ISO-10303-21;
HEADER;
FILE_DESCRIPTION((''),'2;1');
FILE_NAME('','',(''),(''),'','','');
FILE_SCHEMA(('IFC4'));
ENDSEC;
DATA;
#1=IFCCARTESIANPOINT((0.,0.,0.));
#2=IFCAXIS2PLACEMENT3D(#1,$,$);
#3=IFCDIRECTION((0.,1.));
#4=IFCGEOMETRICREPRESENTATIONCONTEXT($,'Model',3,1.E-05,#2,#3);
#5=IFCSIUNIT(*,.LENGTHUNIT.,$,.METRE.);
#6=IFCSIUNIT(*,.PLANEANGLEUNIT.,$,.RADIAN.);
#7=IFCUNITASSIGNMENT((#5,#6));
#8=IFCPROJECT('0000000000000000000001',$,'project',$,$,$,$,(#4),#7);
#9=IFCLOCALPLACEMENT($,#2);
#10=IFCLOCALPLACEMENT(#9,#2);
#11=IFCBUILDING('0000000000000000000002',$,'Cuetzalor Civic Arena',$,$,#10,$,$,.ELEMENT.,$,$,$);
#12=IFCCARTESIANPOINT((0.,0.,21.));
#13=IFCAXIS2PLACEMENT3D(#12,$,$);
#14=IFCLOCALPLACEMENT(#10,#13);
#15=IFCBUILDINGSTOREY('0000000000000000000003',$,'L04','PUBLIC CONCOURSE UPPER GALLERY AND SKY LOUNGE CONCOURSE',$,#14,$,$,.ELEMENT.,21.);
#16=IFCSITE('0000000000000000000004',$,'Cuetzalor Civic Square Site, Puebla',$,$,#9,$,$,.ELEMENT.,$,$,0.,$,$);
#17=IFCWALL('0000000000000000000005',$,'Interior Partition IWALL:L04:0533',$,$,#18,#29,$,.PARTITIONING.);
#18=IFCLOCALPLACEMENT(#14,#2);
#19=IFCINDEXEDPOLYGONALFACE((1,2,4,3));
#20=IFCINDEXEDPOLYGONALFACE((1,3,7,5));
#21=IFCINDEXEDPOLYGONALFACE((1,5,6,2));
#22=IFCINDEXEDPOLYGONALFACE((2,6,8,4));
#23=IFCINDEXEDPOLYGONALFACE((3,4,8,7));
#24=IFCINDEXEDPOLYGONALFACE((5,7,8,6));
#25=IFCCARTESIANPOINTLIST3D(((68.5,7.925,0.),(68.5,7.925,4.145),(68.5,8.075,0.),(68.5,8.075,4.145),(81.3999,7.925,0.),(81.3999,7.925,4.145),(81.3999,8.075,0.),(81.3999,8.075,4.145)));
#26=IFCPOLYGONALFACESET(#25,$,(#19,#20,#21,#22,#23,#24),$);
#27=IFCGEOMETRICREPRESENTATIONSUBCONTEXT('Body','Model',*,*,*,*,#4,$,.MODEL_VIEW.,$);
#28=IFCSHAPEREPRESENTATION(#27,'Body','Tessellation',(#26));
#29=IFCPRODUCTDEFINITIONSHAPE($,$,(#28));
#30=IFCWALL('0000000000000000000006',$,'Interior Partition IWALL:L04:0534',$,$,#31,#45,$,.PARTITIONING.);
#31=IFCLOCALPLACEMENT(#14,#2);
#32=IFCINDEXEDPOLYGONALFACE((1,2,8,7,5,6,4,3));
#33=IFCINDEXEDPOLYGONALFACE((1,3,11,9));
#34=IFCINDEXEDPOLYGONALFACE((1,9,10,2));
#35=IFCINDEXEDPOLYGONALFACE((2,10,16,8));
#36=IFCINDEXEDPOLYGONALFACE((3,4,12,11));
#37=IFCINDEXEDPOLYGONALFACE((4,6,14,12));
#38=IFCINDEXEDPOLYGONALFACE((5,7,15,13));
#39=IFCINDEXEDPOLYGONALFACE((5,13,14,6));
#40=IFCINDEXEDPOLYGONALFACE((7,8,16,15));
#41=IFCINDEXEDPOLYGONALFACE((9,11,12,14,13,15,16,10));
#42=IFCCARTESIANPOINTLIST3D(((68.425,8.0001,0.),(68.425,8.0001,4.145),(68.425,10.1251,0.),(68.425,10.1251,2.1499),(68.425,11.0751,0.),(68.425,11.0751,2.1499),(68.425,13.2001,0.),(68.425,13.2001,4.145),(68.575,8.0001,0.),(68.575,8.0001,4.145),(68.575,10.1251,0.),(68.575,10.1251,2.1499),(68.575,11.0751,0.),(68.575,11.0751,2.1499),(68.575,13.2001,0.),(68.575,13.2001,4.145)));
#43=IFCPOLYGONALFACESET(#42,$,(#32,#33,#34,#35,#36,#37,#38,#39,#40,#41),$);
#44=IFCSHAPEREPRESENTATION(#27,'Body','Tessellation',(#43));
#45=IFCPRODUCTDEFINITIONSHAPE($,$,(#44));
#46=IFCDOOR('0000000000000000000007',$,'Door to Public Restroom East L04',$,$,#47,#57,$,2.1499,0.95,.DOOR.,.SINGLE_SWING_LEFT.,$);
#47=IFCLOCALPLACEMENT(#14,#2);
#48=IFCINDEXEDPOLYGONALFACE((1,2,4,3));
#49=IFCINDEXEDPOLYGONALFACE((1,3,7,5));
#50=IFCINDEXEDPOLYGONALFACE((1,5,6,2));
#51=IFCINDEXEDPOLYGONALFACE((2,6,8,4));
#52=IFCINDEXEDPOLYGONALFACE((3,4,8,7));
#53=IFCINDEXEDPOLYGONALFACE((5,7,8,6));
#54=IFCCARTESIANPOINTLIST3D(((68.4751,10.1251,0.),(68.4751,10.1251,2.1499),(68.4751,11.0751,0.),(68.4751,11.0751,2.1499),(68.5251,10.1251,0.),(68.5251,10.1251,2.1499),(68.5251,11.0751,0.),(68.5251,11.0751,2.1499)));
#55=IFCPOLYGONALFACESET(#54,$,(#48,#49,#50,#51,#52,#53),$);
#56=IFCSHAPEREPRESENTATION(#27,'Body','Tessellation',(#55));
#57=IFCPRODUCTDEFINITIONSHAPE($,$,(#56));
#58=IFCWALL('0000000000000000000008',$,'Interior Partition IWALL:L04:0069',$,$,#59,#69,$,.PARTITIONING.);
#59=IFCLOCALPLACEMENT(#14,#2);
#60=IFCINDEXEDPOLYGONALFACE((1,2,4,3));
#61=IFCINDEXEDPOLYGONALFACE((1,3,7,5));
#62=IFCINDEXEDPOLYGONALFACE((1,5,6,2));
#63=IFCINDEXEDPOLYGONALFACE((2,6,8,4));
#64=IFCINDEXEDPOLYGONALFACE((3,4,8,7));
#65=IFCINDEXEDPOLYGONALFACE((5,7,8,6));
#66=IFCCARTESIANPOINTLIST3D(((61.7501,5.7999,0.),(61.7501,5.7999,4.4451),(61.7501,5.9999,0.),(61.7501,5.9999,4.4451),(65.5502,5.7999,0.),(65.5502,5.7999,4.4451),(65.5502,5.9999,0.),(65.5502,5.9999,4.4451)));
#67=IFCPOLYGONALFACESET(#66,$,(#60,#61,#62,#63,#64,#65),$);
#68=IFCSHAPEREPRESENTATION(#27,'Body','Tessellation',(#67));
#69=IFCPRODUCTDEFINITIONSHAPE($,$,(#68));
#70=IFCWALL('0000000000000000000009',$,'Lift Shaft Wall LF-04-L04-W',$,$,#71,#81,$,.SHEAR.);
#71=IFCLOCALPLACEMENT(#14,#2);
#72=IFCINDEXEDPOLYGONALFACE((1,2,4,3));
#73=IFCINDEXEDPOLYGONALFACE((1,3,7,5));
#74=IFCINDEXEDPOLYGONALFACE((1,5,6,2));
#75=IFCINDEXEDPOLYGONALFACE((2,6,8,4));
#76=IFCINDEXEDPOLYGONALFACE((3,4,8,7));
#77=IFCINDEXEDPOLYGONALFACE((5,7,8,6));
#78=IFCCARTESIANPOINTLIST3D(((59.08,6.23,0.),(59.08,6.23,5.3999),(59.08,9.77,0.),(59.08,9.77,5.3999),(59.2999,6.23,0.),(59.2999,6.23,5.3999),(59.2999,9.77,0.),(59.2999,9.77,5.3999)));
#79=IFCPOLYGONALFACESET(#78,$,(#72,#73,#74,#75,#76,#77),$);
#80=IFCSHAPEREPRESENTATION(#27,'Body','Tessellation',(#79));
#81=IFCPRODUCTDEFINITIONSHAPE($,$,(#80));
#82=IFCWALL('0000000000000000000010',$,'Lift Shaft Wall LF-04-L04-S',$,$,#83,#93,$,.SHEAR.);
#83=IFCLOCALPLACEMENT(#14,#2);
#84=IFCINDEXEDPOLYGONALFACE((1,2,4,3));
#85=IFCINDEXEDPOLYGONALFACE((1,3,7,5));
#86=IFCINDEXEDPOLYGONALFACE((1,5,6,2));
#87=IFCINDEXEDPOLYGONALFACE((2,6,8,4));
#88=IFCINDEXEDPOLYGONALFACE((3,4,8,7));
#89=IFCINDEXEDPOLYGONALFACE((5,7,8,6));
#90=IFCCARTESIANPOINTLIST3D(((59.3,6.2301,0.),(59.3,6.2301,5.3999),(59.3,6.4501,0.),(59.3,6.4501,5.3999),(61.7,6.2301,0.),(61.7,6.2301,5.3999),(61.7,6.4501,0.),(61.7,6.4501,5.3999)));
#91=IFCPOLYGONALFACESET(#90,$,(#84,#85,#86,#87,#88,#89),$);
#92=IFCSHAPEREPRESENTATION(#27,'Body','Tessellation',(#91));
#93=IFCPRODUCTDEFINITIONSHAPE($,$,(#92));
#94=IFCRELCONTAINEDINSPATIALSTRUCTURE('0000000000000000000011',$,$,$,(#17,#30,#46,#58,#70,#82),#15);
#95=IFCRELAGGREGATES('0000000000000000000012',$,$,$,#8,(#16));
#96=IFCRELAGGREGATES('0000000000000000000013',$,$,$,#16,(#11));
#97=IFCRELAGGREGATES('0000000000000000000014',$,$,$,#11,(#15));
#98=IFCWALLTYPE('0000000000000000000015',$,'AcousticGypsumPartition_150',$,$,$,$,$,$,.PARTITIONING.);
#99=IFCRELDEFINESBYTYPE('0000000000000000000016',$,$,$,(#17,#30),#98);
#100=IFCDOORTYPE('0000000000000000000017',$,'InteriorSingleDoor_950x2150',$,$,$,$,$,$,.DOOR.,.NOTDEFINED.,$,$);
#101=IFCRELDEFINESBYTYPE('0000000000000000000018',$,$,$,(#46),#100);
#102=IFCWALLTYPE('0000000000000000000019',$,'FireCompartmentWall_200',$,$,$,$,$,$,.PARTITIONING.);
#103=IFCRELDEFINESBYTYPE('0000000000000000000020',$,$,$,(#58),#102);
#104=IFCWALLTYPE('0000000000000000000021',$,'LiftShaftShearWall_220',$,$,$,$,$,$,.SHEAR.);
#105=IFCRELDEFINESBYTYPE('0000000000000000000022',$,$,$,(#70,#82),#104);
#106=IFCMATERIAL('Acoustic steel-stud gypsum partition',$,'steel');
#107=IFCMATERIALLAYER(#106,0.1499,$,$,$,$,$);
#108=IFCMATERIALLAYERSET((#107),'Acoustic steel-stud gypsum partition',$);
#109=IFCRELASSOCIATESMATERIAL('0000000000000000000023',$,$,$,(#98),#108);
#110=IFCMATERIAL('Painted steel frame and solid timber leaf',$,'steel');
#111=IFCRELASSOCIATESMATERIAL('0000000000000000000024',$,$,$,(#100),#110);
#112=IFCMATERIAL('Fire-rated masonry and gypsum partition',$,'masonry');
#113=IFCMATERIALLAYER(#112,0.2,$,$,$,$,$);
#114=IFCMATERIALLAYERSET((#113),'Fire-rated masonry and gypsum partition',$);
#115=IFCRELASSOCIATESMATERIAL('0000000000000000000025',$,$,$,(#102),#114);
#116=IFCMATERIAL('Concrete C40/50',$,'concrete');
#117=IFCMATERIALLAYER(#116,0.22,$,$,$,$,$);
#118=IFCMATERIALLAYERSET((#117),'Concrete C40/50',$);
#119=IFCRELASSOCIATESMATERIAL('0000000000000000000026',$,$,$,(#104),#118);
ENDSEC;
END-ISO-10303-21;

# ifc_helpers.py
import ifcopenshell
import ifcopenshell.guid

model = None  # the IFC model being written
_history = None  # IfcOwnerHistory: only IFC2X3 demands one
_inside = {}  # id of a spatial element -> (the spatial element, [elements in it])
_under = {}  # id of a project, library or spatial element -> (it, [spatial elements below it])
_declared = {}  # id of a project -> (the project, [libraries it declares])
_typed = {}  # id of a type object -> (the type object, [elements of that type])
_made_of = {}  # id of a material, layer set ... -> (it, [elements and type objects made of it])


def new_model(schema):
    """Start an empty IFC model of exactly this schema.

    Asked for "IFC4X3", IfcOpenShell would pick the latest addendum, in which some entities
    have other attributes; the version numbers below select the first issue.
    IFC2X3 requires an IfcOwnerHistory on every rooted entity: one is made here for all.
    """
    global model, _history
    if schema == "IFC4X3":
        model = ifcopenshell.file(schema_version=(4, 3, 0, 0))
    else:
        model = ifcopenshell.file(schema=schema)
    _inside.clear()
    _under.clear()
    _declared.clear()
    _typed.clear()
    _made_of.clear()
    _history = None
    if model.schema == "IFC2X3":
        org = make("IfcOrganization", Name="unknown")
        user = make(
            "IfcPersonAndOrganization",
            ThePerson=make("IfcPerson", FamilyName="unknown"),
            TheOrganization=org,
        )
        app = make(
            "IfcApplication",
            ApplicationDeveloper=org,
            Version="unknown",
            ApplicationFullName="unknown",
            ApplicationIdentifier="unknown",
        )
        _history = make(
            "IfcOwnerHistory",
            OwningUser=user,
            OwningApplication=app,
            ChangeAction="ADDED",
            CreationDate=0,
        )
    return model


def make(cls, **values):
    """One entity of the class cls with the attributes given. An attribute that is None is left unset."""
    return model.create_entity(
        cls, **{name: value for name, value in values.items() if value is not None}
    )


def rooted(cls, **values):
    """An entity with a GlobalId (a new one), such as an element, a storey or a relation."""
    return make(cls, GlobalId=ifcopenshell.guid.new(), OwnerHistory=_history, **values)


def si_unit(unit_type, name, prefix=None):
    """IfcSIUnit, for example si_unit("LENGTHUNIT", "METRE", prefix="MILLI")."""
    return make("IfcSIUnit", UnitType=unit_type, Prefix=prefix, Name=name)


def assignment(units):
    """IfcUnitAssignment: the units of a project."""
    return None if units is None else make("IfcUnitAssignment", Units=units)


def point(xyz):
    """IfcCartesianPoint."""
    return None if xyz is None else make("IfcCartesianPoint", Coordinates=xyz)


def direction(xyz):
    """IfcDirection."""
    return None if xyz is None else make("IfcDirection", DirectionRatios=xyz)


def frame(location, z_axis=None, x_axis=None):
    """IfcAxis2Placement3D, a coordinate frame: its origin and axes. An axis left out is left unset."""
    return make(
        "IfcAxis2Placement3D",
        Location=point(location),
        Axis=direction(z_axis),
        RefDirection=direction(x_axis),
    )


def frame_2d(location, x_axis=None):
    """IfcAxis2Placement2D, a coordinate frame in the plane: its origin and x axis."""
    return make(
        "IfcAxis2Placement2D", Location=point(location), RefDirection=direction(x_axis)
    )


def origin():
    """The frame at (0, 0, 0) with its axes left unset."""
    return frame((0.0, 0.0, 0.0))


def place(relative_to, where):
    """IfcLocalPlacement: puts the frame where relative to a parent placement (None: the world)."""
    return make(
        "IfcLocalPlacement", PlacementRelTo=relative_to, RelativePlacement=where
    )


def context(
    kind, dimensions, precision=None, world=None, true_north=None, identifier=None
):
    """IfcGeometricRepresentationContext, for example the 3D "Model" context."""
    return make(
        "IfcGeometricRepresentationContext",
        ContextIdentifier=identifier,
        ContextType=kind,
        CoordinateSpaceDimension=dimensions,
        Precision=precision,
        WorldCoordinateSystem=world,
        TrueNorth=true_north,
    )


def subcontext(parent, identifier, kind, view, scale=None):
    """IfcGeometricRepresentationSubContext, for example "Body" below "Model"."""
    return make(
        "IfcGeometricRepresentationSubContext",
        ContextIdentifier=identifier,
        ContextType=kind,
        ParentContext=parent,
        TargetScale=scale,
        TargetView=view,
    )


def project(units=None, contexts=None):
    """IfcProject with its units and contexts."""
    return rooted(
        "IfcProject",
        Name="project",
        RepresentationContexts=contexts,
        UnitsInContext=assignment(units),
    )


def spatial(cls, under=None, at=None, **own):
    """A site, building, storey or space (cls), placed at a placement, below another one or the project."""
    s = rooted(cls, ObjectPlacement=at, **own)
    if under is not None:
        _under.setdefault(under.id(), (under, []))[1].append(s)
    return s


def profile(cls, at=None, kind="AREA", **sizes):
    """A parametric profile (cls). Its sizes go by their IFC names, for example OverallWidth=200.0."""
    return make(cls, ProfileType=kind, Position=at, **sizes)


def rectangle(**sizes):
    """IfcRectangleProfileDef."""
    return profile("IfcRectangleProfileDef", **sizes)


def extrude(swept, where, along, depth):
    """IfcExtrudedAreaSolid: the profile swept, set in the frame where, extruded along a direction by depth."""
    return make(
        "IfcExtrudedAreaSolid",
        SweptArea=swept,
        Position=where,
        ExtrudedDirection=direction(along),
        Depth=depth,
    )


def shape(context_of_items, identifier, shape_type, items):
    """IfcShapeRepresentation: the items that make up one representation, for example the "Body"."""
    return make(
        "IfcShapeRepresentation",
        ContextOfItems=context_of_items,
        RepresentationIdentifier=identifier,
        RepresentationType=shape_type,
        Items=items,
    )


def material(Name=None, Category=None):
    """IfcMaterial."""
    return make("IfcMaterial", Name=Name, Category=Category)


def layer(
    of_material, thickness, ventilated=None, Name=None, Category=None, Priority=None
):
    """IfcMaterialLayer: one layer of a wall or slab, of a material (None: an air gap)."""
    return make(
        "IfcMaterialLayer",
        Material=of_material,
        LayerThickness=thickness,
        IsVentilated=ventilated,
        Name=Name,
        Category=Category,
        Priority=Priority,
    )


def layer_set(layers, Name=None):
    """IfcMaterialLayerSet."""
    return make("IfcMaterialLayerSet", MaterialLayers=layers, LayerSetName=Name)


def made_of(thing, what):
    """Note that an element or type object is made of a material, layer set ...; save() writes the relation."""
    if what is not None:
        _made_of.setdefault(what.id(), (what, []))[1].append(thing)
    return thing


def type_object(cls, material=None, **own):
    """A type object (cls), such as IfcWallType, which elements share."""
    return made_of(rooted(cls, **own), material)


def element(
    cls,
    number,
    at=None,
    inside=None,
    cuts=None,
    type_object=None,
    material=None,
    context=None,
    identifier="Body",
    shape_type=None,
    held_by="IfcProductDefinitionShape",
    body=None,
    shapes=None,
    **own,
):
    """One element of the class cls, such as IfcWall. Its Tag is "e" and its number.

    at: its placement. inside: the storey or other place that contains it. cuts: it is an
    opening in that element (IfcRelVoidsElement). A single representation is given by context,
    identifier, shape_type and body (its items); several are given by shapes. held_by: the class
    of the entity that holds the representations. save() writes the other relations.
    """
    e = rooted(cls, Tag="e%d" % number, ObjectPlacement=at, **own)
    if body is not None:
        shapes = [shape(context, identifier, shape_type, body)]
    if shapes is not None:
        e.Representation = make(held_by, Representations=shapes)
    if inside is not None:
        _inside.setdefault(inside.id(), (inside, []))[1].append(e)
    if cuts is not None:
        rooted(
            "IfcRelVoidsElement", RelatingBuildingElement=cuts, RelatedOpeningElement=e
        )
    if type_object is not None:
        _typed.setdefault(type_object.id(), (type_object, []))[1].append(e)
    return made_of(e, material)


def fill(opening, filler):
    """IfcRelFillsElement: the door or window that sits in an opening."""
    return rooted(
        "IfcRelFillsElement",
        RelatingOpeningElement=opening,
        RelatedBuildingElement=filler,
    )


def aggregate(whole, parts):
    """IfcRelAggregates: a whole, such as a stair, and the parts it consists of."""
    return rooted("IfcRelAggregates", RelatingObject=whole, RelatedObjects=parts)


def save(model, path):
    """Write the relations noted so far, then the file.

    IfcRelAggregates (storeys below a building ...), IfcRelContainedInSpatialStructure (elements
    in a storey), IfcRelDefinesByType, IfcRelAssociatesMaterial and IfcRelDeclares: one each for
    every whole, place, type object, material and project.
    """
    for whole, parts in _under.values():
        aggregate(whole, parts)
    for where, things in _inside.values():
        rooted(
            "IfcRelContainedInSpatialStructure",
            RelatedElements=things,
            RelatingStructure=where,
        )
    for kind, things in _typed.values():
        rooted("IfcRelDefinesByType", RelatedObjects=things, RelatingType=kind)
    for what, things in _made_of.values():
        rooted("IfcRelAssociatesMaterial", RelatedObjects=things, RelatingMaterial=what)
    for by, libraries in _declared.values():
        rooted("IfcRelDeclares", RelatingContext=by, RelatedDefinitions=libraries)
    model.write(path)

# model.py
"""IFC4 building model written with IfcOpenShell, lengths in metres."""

from ifc_helpers import new_model, si_unit, direction, frame, frame_2d, origin, place, context, subcontext, project, spatial, rectangle, extrude, material, layer, layer_set, type_object, element, fill, save


model = new_model("IFC4")

# Units and contexts
model_context = context("Model", 3, precision=1e-05, world=origin(), true_north=direction((0.0, 1.0)))
body_context = subcontext(model_context, "Body", "Model", "MODEL_VIEW")
ifc_project = project(units=[si_unit("LENGTHUNIT", "METRE"), si_unit("PLANEANGLEUNIT", "RADIAN")], contexts=[model_context])

# Site, building, storey
site_placement = place(None, origin())
site = spatial("IfcSite", under=ifc_project, at=site_placement, Name="Cuetzalor Civic Square Site, Puebla", CompositionType="ELEMENT", RefElevation=0.0)
building_placement = place(site_placement, origin())
building = spatial("IfcBuilding", under=site, at=building_placement, Name="Cuetzalor Civic Arena", CompositionType="ELEMENT")
storey_placement = place(building_placement, frame((0.0, 0.0, 21.0)))
storey = spatial("IfcBuildingStorey", under=building, at=storey_placement, Name="L04", Description="PUBLIC CONCOURSE UPPER GALLERY AND SKY LOUNGE CONCOURSE", CompositionType="ELEMENT", Elevation=21.0)

# Shared definitions
ifc_material_1 = material(Name="Acoustic steel-stud gypsum partition", Category="steel")
ifc_layer_1 = layer(ifc_material_1, 0.1499)
ifc_layer_set_1 = layer_set([ifc_layer_1], Name="Acoustic steel-stud gypsum partition")
wall_type_1 = type_object("IfcWallType", Name="AcousticGypsumPartition_150", PredefinedType="PARTITIONING", material=ifc_layer_set_1)

# Wall
wall_1_placement = place(storey_placement, frame((81.3999, 8.0, 0.0), z_axis=(0.0, 0.0, 1.0), x_axis=(-1.0, 0.0, 0.0)))
element("IfcWall", 1, at=wall_1_placement, inside=storey, type_object=wall_type_1, Name="Interior Partition IWALL:L04:0533", PredefinedType="PARTITIONING", context=body_context, shape_type="SweptSolid", body=[
    extrude(rectangle(XDim=12.8999, YDim=0.1499, at=frame_2d((6.45, 0.0))), origin(), (0.0, 0.0, 1.0), 4.145),
])

# Wall, opening, door
wall_2_placement = place(storey_placement, frame((68.5, 8.0, 0.0), z_axis=(0.0, 0.0, 1.0), x_axis=(0.0, 1.0, 0.0)))
wall_2 = element("IfcWall", 2, at=wall_2_placement, inside=storey, type_object=wall_type_1, Name="Interior Partition IWALL:L04:0534", PredefinedType="PARTITIONING", context=body_context, shape_type="SweptSolid", body=[
    extrude(rectangle(XDim=5.2, YDim=0.1499, at=frame_2d((2.6001, 0.0))), origin(), (0.0, 0.0, 1.0), 4.145),
])
opening_1_placement = place(wall_2_placement, frame((2.125, 0.0, 0.0)))
opening_1 = element("IfcOpeningElement", 3, at=opening_1_placement, cuts=wall_2, PredefinedType="OPENING", context=body_context, shape_type="SweptSolid", body=[
    extrude(rectangle(XDim=0.95, YDim=2.1499, at=frame_2d((0.4751, 1.075))), frame((0.0, 0.085, 0.0), z_axis=(0.0, -1.0, 0.0), x_axis=(1.0, 0.0, 0.0)), (0.0, 0.0, 1.0), 0.1699),
])
ifc_material_2 = material(Name="Painted steel frame and solid timber leaf", Category="steel")
door_type_1 = type_object("IfcDoorType", Name="InteriorSingleDoor_950x2150", OperationType="NOTDEFINED", PredefinedType="DOOR", material=ifc_material_2)
door_1_placement = place(opening_1_placement, origin())
door_1 = element("IfcDoor", 4, at=door_1_placement, inside=storey, type_object=door_type_1, Name="Door to Public Restroom East L04", OperationType="SINGLE_SWING_LEFT", OverallHeight=2.1499, OverallWidth=0.95, PredefinedType="DOOR", context=body_context, shape_type="SweptSolid", body=[
    extrude(rectangle(XDim=0.95, YDim=2.1499, at=frame_2d((0.4751, 1.075))), frame((0.0, 0.0249, 0.0), z_axis=(0.0, -1.0, 0.0), x_axis=(1.0, 0.0, 0.0)), (0.0, 0.0, 1.0), 0.05),
])
fill(opening_1, door_1)

# Walls
ifc_material_3 = material(Name="Fire-rated masonry and gypsum partition", Category="masonry")
ifc_layer_2 = layer(ifc_material_3, 0.2)
ifc_layer_set_2 = layer_set([ifc_layer_2], Name="Fire-rated masonry and gypsum partition")
wall_type_2 = type_object("IfcWallType", Name="FireCompartmentWall_200", PredefinedType="PARTITIONING", material=ifc_layer_set_2)
wall_3_placement = place(storey_placement, frame((65.55, 5.8999, 0.0), z_axis=(0.0, 0.0, 1.0), x_axis=(-1.0, 0.0, 0.0)))
element("IfcWall", 5, at=wall_3_placement, inside=storey, type_object=wall_type_2, Name="Interior Partition IWALL:L04:0069", PredefinedType="PARTITIONING", context=body_context, shape_type="SweptSolid", body=[
    extrude(rectangle(XDim=3.8, YDim=0.2, at=frame_2d((1.8999, 0.0))), origin(), (0.0, 0.0, 1.0), 4.4451),
])
ifc_material_4 = material(Name="Concrete C40/50", Category="concrete")
ifc_layer_3 = layer(ifc_material_4, 0.22)
ifc_layer_set_3 = layer_set([ifc_layer_3], Name="Concrete C40/50")
wall_type_3 = type_object("IfcWallType", Name="LiftShaftShearWall_220", PredefinedType="SHEAR", material=ifc_layer_set_3)
wall_4_placement = place(storey_placement, frame((59.1899, 6.23, 0.0), z_axis=(0.0, 0.0, 1.0), x_axis=(0.0, 1.0, 0.0)))
element("IfcWall", 6, at=wall_4_placement, inside=storey, type_object=wall_type_3, Name="Lift Shaft Wall LF-04-L04-W", PredefinedType="SHEAR", context=body_context, shape_type="SweptSolid", body=[
    extrude(rectangle(XDim=3.54, YDim=0.22, at=frame_2d((1.77, 0.0))), origin(), (0.0, 0.0, 1.0), 5.3999),
])
wall_5_placement = place(storey_placement, frame((61.7, 6.3401, 0.0), z_axis=(0.0, 0.0, 1.0), x_axis=(-1.0, 0.0, 0.0)))
element("IfcWall", 7, at=wall_5_placement, inside=storey, type_object=wall_type_3, Name="Lift Shaft Wall LF-04-L04-S", PredefinedType="SHEAR", context=body_context, shape_type="SweptSolid", body=[
    extrude(rectangle(XDim=2.3999, YDim=0.22, at=frame_2d((1.2, 0.0))), origin(), (0.0, 0.0, 1.0), 5.3999),
])

save(model, "model.ifc")
